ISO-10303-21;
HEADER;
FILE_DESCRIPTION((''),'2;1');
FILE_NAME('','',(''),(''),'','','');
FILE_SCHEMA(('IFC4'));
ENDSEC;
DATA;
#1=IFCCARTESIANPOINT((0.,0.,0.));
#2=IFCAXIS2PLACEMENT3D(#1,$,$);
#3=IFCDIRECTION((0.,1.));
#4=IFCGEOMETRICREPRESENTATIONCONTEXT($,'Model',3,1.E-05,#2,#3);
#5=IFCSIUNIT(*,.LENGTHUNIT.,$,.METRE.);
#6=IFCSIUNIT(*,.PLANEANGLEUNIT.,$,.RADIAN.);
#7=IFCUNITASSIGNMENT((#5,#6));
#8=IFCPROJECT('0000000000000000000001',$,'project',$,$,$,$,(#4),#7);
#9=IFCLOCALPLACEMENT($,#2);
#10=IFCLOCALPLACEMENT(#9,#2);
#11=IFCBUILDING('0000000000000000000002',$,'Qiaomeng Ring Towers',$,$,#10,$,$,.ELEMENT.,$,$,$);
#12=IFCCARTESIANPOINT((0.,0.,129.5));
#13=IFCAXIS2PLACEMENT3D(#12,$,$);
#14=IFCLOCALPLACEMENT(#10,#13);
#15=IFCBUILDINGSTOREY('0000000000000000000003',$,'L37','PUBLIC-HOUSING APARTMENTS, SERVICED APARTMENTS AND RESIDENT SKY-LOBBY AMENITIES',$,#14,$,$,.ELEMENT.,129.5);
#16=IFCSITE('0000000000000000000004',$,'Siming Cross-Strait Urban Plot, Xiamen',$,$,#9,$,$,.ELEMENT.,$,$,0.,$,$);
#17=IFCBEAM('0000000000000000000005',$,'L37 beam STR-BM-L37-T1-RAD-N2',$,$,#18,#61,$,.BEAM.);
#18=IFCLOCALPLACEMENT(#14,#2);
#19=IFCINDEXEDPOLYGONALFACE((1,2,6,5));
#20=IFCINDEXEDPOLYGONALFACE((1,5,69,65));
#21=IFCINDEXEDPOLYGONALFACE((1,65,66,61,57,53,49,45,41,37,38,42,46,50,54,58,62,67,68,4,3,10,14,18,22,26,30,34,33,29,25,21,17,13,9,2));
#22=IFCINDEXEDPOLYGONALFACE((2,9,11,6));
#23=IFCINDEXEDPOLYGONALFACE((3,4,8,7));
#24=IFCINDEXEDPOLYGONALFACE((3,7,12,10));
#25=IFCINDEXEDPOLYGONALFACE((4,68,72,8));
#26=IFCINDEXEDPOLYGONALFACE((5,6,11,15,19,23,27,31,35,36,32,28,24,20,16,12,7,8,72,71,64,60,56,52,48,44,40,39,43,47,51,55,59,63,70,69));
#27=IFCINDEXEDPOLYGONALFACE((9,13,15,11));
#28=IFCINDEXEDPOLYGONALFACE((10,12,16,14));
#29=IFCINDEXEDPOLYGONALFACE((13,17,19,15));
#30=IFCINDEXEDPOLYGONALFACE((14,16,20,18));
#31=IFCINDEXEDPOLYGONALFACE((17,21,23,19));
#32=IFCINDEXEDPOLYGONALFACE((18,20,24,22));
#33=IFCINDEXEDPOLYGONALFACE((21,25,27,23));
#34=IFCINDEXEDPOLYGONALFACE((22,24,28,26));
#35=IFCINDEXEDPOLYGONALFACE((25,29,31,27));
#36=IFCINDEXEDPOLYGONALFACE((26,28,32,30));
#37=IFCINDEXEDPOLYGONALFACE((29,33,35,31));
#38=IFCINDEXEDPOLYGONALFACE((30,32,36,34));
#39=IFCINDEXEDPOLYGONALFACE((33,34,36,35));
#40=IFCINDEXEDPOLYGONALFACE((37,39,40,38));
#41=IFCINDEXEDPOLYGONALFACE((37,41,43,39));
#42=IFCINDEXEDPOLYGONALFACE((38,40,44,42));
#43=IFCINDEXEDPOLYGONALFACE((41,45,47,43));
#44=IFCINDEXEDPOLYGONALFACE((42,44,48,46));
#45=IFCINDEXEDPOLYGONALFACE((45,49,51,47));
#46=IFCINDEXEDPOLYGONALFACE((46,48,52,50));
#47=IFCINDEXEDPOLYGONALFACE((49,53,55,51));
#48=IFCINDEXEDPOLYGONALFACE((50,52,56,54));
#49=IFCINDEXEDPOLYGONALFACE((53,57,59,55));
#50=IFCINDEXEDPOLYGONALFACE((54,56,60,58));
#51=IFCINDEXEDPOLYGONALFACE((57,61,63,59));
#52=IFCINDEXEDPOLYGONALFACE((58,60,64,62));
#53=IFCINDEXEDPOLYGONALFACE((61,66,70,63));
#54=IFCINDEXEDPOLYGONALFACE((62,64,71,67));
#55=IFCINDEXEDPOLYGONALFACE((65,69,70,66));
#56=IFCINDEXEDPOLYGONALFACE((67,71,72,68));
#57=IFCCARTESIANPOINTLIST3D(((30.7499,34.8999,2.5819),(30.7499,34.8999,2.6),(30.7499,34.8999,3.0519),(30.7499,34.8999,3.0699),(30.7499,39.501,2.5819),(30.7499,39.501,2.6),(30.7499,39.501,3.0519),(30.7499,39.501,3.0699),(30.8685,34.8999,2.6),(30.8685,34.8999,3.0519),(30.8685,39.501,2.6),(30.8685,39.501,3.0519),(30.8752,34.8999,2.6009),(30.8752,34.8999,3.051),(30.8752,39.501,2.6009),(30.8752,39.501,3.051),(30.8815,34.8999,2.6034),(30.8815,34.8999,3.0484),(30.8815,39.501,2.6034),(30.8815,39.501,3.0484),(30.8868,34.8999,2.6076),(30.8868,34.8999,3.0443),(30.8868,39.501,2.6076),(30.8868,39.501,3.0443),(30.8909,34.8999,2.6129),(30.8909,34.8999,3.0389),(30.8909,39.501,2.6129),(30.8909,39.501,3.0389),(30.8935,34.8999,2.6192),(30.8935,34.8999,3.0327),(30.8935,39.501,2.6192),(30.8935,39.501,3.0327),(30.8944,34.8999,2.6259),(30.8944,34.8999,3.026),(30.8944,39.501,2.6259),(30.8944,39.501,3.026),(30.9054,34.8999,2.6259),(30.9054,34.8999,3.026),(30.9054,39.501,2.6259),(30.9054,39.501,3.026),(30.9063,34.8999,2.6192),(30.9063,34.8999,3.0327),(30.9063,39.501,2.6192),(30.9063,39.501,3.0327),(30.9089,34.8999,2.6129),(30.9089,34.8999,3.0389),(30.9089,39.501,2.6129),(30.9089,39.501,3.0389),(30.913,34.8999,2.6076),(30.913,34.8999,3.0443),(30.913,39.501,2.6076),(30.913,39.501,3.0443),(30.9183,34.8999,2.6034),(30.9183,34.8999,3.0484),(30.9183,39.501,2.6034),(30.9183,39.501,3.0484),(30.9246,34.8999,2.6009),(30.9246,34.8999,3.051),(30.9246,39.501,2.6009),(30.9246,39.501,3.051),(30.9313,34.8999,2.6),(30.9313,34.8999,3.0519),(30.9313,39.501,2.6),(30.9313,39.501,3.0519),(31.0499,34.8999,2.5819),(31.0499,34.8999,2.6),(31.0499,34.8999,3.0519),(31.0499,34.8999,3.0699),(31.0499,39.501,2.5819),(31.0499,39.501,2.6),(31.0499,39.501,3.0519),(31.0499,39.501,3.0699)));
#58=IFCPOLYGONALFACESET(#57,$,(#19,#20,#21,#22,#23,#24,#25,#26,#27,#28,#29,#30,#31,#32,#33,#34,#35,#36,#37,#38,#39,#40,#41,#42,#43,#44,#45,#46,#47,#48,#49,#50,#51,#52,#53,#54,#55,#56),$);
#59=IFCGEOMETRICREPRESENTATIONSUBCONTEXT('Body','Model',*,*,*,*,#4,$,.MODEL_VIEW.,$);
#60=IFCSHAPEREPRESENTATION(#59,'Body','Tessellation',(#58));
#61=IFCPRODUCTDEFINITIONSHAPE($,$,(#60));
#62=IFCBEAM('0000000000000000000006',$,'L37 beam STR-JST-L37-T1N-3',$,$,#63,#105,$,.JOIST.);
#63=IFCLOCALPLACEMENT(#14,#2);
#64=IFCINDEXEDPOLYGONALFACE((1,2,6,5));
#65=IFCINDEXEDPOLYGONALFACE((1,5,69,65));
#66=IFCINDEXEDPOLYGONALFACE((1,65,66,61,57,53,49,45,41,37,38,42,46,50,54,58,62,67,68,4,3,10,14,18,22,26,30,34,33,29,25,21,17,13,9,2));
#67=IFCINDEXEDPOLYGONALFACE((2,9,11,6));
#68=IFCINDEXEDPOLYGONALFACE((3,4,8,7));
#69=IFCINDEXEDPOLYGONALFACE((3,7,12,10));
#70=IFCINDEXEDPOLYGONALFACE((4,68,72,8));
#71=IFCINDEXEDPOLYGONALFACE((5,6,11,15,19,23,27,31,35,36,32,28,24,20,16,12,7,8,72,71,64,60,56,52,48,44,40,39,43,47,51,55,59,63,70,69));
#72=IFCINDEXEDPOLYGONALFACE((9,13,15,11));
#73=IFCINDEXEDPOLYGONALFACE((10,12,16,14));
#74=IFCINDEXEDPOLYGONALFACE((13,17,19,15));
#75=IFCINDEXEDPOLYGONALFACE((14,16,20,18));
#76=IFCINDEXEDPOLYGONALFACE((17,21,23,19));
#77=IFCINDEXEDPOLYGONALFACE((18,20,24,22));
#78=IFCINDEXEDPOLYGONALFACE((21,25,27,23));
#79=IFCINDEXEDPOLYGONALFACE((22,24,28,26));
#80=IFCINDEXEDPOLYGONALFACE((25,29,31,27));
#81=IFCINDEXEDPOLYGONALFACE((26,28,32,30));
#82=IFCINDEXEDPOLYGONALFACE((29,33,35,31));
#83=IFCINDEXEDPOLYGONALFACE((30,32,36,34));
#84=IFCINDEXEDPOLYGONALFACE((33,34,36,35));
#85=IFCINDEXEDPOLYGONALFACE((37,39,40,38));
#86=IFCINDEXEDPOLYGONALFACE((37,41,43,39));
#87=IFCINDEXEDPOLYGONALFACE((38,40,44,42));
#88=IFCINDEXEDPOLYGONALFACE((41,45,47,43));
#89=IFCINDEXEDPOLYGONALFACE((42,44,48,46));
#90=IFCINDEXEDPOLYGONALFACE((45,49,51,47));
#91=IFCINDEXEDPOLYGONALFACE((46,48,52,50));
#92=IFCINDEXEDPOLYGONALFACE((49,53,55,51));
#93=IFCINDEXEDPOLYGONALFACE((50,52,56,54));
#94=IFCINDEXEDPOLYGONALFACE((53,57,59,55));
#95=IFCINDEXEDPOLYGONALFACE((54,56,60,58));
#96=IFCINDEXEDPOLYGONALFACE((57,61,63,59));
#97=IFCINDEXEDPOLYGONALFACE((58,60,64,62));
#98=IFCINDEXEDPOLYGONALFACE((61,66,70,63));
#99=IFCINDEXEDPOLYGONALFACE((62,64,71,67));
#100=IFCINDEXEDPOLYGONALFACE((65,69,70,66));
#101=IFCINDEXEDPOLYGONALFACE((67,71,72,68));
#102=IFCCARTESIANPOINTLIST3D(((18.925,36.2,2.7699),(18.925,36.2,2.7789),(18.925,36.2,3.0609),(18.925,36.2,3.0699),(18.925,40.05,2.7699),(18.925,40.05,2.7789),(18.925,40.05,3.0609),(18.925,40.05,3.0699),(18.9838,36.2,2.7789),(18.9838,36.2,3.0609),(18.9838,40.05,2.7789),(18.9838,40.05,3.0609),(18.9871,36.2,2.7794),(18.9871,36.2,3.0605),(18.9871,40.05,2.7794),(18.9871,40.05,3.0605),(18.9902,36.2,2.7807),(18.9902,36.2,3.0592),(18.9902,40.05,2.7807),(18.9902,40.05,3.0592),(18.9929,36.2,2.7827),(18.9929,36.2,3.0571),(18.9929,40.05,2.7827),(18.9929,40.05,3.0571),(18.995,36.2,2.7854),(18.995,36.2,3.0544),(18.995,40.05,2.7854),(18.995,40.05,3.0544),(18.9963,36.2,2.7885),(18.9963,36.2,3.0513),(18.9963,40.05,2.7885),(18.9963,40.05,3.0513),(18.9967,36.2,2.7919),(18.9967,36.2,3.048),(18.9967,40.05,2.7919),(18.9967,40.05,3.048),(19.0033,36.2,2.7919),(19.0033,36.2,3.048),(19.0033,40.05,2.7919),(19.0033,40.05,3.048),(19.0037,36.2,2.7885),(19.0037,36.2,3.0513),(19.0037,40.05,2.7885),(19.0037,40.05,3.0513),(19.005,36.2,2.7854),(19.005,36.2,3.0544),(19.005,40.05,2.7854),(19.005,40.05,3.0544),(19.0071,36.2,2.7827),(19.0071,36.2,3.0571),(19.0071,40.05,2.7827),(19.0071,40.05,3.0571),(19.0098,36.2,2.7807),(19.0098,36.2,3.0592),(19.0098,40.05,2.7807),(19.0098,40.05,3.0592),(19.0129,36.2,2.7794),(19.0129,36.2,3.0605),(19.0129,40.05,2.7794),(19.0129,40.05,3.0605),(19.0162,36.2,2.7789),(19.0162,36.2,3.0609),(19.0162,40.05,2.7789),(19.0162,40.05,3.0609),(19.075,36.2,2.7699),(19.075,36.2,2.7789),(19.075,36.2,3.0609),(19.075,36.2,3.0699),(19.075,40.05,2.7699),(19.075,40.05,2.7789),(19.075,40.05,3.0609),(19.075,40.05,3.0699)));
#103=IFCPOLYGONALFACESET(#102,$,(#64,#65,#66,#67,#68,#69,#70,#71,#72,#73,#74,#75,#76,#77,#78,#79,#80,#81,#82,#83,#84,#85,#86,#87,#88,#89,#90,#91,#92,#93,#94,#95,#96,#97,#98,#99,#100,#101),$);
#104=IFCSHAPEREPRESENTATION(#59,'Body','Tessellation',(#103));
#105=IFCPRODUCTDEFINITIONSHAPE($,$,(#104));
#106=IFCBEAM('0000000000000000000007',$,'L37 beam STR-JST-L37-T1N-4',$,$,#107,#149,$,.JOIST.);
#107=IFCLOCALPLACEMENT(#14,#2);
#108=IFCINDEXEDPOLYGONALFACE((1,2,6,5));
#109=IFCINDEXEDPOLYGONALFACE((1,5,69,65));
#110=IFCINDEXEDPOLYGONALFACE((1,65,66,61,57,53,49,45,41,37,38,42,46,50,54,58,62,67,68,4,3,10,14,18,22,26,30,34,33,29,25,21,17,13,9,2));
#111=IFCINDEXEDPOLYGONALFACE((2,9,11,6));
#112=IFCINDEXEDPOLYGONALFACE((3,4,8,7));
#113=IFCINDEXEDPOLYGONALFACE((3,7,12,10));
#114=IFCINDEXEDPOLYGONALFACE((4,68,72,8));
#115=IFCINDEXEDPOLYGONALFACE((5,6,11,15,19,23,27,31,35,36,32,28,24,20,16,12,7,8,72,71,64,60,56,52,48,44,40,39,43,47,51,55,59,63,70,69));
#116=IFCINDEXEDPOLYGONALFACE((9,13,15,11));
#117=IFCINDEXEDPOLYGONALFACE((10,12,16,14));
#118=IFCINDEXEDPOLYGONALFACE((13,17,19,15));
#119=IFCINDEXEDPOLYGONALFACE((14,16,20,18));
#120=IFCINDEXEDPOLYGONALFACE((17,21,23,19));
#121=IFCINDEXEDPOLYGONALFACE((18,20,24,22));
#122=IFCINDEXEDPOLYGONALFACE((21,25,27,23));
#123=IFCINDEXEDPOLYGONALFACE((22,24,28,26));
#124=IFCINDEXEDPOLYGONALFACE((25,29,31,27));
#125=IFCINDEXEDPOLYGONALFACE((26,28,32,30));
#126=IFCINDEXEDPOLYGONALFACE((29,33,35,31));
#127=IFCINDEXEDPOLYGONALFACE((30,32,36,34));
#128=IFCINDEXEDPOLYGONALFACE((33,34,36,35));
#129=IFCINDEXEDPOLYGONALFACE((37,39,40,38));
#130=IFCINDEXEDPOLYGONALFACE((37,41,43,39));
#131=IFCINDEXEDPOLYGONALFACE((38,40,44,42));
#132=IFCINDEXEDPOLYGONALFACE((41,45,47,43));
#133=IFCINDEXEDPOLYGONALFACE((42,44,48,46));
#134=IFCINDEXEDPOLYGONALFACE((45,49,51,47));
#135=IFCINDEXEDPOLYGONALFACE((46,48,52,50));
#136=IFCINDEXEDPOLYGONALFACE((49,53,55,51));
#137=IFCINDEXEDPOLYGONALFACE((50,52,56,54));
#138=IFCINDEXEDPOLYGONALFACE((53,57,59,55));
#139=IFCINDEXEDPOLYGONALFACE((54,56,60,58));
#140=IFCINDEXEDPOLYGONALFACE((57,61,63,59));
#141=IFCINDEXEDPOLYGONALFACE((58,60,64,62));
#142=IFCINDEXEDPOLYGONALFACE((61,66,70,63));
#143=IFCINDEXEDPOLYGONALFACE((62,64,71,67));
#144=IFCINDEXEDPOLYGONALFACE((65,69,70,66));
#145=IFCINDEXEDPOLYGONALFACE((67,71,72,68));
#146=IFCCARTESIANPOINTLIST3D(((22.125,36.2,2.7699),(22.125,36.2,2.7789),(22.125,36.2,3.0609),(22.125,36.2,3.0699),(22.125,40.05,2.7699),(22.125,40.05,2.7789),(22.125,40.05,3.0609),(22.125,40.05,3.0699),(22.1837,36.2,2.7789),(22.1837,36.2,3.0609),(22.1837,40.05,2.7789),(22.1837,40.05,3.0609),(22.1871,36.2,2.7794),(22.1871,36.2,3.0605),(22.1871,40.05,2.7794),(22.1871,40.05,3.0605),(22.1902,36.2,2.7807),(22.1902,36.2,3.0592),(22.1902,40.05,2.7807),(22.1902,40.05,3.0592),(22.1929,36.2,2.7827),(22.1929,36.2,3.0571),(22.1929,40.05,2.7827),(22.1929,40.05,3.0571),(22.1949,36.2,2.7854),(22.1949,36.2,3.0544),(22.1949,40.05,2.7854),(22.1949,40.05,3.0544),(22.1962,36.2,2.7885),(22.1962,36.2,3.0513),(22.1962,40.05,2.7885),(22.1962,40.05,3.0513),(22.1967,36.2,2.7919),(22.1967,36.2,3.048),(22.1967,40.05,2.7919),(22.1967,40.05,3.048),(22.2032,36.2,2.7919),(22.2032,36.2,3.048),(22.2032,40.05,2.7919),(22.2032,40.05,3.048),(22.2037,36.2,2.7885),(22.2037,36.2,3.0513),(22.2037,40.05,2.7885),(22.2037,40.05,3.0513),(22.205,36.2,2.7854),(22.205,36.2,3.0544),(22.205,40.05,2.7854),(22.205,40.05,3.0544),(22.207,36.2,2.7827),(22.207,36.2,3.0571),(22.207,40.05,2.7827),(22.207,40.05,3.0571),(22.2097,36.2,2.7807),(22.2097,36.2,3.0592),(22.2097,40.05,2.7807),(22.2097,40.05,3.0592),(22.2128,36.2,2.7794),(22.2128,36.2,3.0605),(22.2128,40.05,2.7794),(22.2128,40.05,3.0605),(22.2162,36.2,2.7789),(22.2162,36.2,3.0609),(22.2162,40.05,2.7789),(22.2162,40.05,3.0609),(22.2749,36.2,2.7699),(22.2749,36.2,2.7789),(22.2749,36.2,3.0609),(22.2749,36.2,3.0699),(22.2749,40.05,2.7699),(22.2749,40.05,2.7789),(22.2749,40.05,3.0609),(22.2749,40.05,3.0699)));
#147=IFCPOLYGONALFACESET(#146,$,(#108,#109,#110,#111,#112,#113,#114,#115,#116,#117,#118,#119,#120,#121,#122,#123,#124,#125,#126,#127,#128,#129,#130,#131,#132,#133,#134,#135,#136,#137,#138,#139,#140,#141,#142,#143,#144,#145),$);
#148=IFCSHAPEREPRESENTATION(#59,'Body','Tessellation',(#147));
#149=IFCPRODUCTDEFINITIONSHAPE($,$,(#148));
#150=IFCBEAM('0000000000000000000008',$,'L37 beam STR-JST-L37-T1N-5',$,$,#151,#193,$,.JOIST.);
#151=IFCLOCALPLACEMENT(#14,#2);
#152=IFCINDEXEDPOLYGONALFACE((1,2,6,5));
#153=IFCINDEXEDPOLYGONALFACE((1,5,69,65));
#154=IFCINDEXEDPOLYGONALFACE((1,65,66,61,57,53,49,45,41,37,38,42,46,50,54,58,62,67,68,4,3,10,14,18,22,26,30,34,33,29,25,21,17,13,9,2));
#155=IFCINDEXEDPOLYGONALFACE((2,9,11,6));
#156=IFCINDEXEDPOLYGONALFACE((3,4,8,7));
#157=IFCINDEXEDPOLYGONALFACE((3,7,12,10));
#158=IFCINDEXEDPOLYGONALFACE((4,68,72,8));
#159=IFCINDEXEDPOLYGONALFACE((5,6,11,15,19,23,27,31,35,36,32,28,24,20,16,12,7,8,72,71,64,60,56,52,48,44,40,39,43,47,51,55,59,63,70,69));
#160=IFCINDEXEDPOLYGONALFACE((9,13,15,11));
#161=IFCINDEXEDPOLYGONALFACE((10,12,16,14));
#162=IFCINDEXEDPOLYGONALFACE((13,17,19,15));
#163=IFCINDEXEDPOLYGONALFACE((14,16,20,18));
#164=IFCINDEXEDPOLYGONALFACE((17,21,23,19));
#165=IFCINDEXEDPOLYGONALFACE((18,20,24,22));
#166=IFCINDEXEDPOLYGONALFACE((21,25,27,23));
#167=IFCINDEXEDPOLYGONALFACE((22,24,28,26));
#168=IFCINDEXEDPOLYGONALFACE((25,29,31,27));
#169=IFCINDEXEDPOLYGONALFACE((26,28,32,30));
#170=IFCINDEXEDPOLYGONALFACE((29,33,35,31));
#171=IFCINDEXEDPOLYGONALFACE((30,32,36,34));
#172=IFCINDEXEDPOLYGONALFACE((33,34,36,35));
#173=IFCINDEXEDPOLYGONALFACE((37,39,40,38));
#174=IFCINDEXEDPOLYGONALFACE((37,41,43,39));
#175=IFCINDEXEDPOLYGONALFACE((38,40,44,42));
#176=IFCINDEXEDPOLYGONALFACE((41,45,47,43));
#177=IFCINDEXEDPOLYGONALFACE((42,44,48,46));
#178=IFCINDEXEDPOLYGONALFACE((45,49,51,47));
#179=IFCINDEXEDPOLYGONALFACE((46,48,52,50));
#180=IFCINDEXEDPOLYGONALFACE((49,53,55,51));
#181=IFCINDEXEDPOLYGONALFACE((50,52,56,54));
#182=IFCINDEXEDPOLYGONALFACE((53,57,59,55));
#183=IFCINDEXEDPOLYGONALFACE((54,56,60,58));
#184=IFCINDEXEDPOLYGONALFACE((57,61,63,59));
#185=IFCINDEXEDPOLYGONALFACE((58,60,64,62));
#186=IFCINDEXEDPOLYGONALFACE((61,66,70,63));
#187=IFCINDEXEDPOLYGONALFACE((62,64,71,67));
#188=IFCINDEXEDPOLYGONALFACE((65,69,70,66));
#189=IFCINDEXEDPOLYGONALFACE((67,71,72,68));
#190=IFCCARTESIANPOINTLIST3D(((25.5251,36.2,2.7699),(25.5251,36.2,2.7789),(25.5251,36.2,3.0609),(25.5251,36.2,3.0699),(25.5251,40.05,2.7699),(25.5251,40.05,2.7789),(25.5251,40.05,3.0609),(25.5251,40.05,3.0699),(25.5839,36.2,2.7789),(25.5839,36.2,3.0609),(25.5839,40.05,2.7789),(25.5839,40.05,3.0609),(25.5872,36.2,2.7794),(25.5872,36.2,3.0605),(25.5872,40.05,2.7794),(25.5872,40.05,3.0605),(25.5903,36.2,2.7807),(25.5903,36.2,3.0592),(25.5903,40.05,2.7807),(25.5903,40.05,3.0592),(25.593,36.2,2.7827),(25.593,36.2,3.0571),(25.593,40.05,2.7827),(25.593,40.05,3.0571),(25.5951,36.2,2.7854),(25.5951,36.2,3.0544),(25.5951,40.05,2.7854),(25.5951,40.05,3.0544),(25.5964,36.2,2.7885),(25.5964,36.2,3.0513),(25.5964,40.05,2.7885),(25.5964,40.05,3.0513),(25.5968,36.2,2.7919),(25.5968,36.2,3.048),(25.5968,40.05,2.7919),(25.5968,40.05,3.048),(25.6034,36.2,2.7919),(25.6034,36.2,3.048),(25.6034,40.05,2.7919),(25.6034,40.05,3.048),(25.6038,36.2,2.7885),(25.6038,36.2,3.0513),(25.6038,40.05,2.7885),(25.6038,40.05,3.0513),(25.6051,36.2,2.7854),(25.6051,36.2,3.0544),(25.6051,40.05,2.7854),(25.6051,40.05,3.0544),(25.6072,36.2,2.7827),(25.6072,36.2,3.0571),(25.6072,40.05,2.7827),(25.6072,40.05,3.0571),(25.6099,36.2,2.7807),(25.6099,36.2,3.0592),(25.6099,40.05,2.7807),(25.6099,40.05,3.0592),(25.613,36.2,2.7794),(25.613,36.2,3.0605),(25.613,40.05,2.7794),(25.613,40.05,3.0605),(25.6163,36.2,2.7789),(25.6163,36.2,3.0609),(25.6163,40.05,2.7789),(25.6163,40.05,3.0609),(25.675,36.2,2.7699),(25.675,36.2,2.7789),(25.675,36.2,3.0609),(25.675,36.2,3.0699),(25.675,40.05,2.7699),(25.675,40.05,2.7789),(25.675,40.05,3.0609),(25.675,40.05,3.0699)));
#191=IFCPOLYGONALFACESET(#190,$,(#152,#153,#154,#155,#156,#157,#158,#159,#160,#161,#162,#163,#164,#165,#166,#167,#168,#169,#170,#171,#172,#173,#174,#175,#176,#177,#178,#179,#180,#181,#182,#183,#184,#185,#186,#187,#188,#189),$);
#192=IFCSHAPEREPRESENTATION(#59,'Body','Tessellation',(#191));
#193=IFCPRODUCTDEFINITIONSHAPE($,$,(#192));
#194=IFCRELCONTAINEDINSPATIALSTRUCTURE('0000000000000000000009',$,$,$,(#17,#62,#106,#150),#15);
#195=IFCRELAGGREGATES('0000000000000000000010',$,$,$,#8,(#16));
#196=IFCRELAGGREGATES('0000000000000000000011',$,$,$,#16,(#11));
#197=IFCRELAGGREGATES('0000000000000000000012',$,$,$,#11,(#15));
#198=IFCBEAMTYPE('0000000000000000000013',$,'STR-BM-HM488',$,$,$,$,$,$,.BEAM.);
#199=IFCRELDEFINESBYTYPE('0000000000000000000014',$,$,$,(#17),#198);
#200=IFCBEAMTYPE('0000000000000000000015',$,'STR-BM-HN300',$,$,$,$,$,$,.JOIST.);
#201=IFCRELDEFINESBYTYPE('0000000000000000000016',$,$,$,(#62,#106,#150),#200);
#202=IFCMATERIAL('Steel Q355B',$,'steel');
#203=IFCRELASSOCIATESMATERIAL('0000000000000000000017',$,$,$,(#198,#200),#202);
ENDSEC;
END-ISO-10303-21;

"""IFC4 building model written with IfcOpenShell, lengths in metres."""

from ifc_helpers import new_model, si_unit, direction, frame, origin, origin_2d, place, context, subcontext, project, spatial, i_section, extrude, source, transform, mapped, material, material_profile, profile_set, type_object, element, save


model = new_model("IFC4")

# Units and contexts
model_context = context("Model", 3, precision=1e-05, world=origin(), true_north=direction((0.0, 1.0)))
body_context = subcontext(model_context, "Body", "Model", "MODEL_VIEW")
ifc_project = project(units=[si_unit("LENGTHUNIT", "METRE"), si_unit("PLANEANGLEUNIT", "RADIAN")], contexts=[model_context])

# Site, building, storey
site_placement = place(None, origin())
site = spatial("IfcSite", under=ifc_project, at=site_placement, Name="Siming Cross-Strait Urban Plot, Xiamen", CompositionType="ELEMENT", RefElevation=0.0)
building_placement = place(site_placement, origin())
building = spatial("IfcBuilding", under=site, at=building_placement, Name="Qiaomeng Ring Towers", CompositionType="ELEMENT")
storey_placement = place(building_placement, frame((0.0, 0.0, 129.5)))
storey = spatial("IfcBuildingStorey", under=building, at=storey_placement, Name="L37", Description="PUBLIC-HOUSING APARTMENTS, SERVICED APARTMENTS AND RESIDENT SKY-LOBBY AMENITIES", CompositionType="ELEMENT", Elevation=129.5)

# Beams
ifc_material_1 = material(Name="Steel Q355B", Category="steel")
ifc_material_profile_1 = material_profile(ifc_material_1, i_section(OverallWidth=0.3, OverallDepth=0.488, WebThickness=0.011, FlangeThickness=0.0181, FilletRadius=0.0259, at=origin_2d()), Name="HM 488x300x11x18")
ifc_profile_set_1 = profile_set([ifc_material_profile_1], Name="Steel Q355B")
beam_type_1 = type_object("IfcBeamType", Name="STR-BM-HM488", PredefinedType="BEAM", material=ifc_profile_set_1)
shared_shape_1 = source(origin(), body_context, "Body", "SweptSolid", [
    extrude(i_section(OverallWidth=0.3, OverallDepth=0.488, WebThickness=0.011, FlangeThickness=0.0181, FilletRadius=0.0259, at=origin_2d()), origin(), (0.0, 0.0, 1.0), 4.6011),
])
beam_1_placement = place(storey_placement, frame((30.8999, 39.501, 2.8259), z_axis=(0.0, -1.0, 0.0), x_axis=(1.0, 0.0, 0.0)))
element("IfcBeam", 1, at=beam_1_placement, inside=storey, type_object=beam_type_1, Name="L37 beam STR-BM-L37-T1-RAD-N2", PredefinedType="BEAM", context=body_context, shape_type="MappedRepresentation", body=[
    mapped(shared_shape_1, transform((0.0, 0.0, 0.0), x_axis=(1.0, 0.0, 0.0), y_axis=(0.0, 1.0, 0.0), z_axis=(0.0, 0.0, 1.0), scale=1.0)),
])
ifc_material_profile_2 = material_profile(ifc_material_1, i_section(OverallWidth=0.1499, OverallDepth=0.3, WebThickness=0.0066, FlangeThickness=0.009, FilletRadius=0.0129, at=origin_2d()), Name="HN 300x150x6.5x9")
ifc_profile_set_2 = profile_set([ifc_material_profile_2], Name="Steel Q355B")
beam_type_2 = type_object("IfcBeamType", Name="STR-BM-HN300", PredefinedType="JOIST", material=ifc_profile_set_2)
shared_shape_2 = source(origin(), body_context, "Body", "SweptSolid", [
    extrude(i_section(OverallWidth=0.1499, OverallDepth=0.3, WebThickness=0.0066, FlangeThickness=0.009, FilletRadius=0.0129, at=origin_2d()), origin(), (0.0, 0.0, 1.0), 3.8501),
])
for number, where, z_axis, x_axis, name in (
    (2, (19.0, 36.2, 2.9199), (0.0, 1.0, 0.0), (-1.0, 0.0, 0.0), "L37 beam STR-JST-L37-T1N-3"),
    (3, (22.2, 36.2, 2.9199), (0.0, 1.0, 0.0), (-1.0, 0.0, 0.0), "L37 beam STR-JST-L37-T1N-4"),
    (4, (25.6001, 36.2, 2.9199), (0.0, 1.0, 0.0), (-1.0, 0.0, 0.0), "L37 beam STR-JST-L37-T1N-5"),
):
    element("IfcBeam", number, at=place(storey_placement, frame(where, z_axis=z_axis, x_axis=x_axis)), inside=storey, type_object=beam_type_2, Name=name, PredefinedType="JOIST", context=body_context, shape_type="MappedRepresentation", body=[
        mapped(shared_shape_2, transform((0.0, 0.0, 0.0), x_axis=(1.0, 0.0, 0.0), y_axis=(0.0, 1.0, 0.0), z_axis=(0.0, 0.0, 1.0), scale=1.0)),
    ])

save(model, "model.ifc")
